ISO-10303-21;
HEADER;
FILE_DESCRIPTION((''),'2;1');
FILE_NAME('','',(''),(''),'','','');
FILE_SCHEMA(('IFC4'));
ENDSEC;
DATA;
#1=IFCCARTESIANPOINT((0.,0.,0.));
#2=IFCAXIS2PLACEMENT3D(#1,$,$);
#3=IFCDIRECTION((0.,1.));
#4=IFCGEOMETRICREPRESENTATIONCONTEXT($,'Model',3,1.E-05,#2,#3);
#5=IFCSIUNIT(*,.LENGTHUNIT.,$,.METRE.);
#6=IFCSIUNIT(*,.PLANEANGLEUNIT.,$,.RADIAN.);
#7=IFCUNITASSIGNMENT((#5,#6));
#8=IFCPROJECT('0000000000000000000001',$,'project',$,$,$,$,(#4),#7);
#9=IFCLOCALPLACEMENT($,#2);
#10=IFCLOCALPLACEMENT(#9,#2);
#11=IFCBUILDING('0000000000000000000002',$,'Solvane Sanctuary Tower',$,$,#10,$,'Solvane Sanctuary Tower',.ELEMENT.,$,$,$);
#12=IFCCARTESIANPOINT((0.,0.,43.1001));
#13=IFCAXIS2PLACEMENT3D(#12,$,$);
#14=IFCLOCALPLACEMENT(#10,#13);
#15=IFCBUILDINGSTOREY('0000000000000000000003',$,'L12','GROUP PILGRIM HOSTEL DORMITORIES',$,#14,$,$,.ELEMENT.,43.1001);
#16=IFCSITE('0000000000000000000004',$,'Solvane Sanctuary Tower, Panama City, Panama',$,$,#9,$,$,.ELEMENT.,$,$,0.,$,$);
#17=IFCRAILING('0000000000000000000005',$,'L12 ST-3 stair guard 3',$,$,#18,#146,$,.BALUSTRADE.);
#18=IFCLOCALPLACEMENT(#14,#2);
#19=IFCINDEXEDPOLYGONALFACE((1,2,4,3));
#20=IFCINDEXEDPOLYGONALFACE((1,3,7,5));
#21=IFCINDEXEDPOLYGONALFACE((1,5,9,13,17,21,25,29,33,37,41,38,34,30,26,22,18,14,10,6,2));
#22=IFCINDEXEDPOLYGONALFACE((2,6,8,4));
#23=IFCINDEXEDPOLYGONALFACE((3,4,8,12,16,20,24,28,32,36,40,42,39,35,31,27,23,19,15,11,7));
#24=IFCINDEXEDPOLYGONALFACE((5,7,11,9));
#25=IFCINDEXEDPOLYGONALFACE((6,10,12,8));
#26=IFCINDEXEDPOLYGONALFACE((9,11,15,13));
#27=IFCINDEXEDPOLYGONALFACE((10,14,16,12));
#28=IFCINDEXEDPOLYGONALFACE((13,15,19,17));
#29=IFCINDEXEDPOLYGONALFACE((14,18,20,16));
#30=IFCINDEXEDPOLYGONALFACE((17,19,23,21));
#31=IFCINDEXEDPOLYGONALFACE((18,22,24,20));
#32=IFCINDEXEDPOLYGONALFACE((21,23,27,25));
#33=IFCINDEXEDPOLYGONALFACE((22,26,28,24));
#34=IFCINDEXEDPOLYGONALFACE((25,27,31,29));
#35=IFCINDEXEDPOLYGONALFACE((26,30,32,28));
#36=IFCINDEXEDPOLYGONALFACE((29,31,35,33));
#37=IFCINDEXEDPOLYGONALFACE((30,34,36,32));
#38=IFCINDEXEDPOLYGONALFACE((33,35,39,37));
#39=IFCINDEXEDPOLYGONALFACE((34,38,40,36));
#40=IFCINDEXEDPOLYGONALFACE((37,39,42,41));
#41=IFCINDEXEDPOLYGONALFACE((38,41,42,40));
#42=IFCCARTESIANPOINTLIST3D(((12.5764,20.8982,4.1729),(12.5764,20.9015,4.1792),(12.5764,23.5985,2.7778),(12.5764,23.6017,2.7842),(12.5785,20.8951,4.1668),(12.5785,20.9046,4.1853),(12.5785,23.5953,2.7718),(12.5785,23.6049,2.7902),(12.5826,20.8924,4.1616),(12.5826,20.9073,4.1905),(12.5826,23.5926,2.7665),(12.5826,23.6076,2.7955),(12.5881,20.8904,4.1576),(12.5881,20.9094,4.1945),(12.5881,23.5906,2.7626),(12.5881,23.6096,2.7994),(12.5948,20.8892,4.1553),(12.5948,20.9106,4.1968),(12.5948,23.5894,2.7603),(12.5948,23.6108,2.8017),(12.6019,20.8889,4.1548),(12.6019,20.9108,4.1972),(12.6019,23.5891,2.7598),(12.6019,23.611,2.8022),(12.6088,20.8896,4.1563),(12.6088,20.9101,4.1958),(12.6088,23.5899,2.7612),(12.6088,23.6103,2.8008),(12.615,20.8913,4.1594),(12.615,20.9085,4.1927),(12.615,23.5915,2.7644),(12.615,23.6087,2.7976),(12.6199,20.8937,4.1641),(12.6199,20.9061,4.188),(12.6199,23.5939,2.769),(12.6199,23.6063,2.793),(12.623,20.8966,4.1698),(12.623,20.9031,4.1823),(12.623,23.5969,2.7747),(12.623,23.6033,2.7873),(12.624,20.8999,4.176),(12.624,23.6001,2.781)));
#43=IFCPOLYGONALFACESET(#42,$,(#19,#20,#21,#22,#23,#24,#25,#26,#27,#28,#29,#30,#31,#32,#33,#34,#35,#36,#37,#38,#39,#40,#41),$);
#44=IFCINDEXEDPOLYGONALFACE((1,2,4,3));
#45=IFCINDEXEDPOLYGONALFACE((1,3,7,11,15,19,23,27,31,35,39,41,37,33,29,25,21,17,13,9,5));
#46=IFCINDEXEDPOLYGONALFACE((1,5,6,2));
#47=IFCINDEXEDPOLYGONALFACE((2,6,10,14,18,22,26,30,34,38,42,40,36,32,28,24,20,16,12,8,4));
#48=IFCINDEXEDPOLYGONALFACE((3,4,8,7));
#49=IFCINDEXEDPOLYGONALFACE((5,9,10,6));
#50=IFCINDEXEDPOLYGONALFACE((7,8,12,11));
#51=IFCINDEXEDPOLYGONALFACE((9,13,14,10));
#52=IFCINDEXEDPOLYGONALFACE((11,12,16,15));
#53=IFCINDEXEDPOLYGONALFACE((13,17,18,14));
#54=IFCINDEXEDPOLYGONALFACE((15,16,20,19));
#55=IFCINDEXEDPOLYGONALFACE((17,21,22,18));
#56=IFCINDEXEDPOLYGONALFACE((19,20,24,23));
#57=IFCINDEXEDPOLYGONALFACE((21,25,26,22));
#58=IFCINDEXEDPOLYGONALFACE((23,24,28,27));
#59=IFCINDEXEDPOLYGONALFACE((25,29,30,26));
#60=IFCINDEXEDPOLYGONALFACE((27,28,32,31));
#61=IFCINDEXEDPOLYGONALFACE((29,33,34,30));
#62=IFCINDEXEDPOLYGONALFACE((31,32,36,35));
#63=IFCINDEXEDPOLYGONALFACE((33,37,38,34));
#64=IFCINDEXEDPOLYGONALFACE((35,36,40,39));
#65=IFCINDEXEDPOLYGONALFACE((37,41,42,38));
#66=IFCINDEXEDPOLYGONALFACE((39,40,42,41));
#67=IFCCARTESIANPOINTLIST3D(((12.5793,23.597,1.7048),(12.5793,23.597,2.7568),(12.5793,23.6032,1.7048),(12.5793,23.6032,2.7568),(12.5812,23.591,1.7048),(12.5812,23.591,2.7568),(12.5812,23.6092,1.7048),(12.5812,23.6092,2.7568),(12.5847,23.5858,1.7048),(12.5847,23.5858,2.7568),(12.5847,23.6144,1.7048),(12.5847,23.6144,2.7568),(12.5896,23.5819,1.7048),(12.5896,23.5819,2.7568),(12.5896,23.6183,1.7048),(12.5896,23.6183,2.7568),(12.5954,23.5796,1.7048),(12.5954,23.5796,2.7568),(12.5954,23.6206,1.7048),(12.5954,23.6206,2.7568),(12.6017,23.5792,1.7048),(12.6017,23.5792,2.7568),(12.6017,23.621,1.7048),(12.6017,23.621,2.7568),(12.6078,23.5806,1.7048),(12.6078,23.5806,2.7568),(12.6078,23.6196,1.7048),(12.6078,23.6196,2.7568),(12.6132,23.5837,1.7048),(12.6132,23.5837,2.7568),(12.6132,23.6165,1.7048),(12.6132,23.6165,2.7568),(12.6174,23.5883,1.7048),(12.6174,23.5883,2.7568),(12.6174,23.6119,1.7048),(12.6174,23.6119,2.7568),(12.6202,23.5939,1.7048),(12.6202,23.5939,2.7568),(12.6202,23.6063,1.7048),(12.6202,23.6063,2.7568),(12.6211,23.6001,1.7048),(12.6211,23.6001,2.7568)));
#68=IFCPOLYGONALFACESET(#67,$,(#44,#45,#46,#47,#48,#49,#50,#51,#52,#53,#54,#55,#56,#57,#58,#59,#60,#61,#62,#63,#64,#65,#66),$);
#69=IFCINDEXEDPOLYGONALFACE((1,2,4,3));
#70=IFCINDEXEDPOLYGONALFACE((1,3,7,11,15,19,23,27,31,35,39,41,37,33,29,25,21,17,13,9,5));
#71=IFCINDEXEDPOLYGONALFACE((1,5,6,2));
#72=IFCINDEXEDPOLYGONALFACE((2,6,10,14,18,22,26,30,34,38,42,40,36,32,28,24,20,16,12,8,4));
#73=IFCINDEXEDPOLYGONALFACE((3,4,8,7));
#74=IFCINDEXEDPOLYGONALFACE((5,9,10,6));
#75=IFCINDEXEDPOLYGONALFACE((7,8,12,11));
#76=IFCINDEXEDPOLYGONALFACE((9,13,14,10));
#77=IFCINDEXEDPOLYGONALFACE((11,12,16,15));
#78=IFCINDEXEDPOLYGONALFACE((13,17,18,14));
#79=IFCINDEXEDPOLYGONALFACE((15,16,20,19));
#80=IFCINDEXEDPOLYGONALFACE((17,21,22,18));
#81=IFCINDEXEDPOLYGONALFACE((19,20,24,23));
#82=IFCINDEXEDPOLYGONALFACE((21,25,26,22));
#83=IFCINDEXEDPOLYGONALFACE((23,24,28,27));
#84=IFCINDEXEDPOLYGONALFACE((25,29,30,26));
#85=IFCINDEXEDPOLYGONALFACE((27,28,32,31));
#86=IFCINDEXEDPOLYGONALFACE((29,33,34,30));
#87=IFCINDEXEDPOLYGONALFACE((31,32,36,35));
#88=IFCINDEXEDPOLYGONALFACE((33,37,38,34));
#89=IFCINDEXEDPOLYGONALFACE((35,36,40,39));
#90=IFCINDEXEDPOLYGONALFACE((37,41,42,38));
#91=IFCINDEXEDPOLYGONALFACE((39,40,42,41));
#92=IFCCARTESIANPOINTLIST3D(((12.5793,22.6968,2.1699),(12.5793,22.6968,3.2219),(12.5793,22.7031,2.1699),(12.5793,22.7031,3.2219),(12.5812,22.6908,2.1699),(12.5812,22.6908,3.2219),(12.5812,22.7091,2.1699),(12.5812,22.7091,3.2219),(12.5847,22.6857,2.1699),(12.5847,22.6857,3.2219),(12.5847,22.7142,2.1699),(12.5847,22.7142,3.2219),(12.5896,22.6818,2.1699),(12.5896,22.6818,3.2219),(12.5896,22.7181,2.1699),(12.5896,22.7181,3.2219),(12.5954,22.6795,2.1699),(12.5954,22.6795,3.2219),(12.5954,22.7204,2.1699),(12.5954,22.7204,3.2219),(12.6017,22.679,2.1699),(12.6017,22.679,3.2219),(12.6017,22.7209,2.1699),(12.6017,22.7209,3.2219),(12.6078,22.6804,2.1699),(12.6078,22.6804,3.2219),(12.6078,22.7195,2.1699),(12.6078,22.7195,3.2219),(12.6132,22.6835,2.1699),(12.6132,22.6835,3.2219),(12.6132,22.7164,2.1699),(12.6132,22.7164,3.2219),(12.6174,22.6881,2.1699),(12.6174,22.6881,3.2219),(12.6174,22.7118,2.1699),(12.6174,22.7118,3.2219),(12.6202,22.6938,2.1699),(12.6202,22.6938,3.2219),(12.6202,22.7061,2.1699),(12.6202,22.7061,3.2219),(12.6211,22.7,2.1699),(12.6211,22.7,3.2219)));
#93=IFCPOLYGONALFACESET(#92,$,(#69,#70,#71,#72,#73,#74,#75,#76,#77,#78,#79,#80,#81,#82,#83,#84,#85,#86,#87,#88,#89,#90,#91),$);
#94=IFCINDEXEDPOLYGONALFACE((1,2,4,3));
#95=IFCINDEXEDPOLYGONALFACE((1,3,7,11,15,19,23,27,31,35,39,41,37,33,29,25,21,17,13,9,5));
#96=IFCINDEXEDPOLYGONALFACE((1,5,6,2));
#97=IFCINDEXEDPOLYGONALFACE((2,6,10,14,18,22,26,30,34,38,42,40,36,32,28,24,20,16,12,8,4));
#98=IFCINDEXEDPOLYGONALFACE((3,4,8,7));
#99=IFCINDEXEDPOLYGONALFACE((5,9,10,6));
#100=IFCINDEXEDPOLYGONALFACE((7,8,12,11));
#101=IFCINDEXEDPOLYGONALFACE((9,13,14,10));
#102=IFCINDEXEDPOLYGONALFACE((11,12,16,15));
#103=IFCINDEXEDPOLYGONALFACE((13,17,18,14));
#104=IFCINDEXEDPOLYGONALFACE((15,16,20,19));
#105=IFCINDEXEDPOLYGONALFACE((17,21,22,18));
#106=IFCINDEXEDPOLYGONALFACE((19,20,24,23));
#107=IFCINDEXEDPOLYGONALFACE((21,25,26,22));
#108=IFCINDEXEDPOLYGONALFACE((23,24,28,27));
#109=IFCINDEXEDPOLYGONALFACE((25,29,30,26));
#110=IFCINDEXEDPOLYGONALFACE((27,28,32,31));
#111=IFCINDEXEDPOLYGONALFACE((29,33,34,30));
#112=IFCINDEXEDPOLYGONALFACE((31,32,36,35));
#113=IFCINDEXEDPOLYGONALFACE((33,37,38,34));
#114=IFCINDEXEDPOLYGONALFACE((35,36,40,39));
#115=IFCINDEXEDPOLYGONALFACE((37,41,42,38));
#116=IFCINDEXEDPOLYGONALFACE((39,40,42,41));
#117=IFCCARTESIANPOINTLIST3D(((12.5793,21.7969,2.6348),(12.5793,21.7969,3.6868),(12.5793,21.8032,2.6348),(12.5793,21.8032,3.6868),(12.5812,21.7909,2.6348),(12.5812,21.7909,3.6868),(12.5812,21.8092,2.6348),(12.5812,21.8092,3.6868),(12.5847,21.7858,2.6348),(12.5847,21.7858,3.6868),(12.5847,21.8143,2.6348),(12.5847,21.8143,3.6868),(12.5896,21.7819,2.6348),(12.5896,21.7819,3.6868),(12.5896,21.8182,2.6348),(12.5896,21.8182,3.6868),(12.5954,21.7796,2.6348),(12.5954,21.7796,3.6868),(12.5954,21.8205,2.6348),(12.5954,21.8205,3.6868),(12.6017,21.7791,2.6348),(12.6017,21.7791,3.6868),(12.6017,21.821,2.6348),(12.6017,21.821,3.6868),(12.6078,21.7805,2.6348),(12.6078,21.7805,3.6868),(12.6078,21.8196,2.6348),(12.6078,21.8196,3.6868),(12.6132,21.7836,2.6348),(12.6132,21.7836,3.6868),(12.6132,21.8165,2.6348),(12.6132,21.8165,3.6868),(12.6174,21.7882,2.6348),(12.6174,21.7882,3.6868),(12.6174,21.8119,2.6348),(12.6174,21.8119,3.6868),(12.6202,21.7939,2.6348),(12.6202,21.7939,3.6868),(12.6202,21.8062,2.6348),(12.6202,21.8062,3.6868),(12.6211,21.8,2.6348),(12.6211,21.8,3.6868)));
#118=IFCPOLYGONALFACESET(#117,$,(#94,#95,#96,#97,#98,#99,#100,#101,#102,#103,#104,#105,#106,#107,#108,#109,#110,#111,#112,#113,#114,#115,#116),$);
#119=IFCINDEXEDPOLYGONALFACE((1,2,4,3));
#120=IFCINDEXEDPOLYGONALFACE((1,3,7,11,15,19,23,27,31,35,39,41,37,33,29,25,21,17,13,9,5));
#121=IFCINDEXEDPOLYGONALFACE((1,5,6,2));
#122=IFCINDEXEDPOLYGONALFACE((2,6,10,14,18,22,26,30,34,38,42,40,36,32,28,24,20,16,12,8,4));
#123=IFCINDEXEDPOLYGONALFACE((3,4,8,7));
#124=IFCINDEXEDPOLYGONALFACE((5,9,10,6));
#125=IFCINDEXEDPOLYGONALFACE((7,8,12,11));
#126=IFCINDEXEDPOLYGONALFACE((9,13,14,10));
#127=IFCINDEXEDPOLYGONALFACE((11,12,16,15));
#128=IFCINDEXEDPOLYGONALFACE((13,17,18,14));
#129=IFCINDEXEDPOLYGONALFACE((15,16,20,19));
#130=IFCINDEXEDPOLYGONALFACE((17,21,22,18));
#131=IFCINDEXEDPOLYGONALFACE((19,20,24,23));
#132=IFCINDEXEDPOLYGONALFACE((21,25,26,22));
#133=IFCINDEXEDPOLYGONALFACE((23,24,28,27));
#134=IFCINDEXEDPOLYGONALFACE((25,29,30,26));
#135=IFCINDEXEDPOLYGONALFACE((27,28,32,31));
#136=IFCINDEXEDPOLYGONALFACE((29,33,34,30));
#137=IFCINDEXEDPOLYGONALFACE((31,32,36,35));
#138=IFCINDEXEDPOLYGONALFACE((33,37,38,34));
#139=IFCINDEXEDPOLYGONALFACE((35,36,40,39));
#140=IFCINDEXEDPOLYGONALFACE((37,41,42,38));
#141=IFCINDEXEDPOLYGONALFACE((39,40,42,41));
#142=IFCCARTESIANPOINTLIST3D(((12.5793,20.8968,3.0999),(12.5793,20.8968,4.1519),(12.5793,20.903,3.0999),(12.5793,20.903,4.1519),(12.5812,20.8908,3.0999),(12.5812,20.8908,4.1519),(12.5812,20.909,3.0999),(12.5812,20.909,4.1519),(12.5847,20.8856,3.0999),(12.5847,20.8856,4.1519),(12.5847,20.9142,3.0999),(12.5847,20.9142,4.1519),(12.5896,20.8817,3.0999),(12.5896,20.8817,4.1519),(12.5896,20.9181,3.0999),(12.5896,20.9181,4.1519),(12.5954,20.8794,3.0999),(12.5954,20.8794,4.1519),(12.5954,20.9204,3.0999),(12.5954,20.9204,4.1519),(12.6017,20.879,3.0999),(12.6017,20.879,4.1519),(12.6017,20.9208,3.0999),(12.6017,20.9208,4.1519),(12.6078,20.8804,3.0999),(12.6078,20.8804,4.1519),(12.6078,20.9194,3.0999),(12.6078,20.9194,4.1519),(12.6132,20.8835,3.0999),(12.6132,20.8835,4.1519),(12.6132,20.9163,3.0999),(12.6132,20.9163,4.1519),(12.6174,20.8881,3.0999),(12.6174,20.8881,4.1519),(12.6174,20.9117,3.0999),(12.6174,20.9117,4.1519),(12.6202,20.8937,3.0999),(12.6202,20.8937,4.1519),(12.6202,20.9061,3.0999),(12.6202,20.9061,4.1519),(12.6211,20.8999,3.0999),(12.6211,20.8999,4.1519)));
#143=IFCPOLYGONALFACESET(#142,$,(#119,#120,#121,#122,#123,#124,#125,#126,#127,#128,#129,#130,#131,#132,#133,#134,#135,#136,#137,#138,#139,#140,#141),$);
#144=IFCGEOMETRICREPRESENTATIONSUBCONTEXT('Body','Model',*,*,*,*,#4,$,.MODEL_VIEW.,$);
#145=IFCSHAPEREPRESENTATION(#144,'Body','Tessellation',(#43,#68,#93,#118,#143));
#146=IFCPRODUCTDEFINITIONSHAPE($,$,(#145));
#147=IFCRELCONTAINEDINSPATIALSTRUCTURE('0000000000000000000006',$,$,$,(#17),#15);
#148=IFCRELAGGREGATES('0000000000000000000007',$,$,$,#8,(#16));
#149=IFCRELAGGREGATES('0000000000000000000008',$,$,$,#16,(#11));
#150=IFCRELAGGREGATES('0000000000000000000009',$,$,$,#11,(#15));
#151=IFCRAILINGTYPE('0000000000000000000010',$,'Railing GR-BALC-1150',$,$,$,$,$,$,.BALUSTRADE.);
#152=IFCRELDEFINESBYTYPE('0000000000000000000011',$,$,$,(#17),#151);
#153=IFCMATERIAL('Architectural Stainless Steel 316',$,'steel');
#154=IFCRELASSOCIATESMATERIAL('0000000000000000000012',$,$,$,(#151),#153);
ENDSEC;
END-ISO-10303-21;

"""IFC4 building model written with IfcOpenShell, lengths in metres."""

from ifc_helpers import new_model, si_unit, direction, frame, origin, origin_2d, place, context, subcontext, project, spatial, circle, extrude, material, type_object, element, save


model = new_model("IFC4")

# Units and contexts
model_context = context("Model", 3, precision=1e-05, world=origin(), true_north=direction((0.0, 1.0)))
body_context = subcontext(model_context, "Body", "Model", "MODEL_VIEW")
ifc_project = project(units=[si_unit("LENGTHUNIT", "METRE"), si_unit("PLANEANGLEUNIT", "RADIAN")], contexts=[model_context])

# Site, building, storey
site_placement = place(None, origin())
site = spatial("IfcSite", under=ifc_project, at=site_placement, Name="Solvane Sanctuary Tower, Panama City, Panama", CompositionType="ELEMENT", RefElevation=0.0)
building_placement = place(site_placement, origin())
building = spatial("IfcBuilding", under=site, at=building_placement, Name="Solvane Sanctuary Tower", LongName="Solvane Sanctuary Tower", CompositionType="ELEMENT")
storey_placement = place(building_placement, frame((0.0, 0.0, 43.1001)))
storey = spatial("IfcBuildingStorey", under=building, at=storey_placement, Name="L12", Description="GROUP PILGRIM HOSTEL DORMITORIES", CompositionType="ELEMENT", Elevation=43.1001)

# Shared definitions
ifc_material_1 = material(Name="Architectural Stainless Steel 316", Category="steel")

# Railing
railing_type_1 = type_object("IfcRailingType", Name="Railing GR-BALC-1150", PredefinedType="BALUSTRADE", material=ifc_material_1)
railing_1_placement = place(storey_placement, frame((12.6001, 23.6001, 1.7048)))
element("IfcRailing", 1, at=railing_1_placement, inside=storey, type_object=railing_type_1, Name="L12 ST-3 stair guard 3", PredefinedType="BALUSTRADE", context=body_context, shape_type="SweptSolid", body=[
    extrude(circle(Radius=0.0239, at=origin_2d()), frame((0.0, 0.0, 1.0762), z_axis=(0.0, -0.888437, 0.458999), x_axis=(1.0, 0.0, 0.0)), (0.0, 0.0, 1.0), 3.0393),
    extrude(circle(Radius=0.021, at=origin_2d()), origin(), (0.0, 0.0, 1.0), 1.052),
    extrude(circle(Radius=0.021, at=origin_2d()), frame((0.0, -0.9001, 0.4651)), (0.0, 0.0, 1.0), 1.052),
    extrude(circle(Radius=0.021, at=origin_2d()), frame((0.0, -1.8, 0.9299)), (0.0, 0.0, 1.0), 1.052),
    extrude(circle(Radius=0.021, at=origin_2d()), frame((0.0, -2.7002, 1.395)), (0.0, 0.0, 1.0), 1.052),
])

save(model, "model.ifc")
